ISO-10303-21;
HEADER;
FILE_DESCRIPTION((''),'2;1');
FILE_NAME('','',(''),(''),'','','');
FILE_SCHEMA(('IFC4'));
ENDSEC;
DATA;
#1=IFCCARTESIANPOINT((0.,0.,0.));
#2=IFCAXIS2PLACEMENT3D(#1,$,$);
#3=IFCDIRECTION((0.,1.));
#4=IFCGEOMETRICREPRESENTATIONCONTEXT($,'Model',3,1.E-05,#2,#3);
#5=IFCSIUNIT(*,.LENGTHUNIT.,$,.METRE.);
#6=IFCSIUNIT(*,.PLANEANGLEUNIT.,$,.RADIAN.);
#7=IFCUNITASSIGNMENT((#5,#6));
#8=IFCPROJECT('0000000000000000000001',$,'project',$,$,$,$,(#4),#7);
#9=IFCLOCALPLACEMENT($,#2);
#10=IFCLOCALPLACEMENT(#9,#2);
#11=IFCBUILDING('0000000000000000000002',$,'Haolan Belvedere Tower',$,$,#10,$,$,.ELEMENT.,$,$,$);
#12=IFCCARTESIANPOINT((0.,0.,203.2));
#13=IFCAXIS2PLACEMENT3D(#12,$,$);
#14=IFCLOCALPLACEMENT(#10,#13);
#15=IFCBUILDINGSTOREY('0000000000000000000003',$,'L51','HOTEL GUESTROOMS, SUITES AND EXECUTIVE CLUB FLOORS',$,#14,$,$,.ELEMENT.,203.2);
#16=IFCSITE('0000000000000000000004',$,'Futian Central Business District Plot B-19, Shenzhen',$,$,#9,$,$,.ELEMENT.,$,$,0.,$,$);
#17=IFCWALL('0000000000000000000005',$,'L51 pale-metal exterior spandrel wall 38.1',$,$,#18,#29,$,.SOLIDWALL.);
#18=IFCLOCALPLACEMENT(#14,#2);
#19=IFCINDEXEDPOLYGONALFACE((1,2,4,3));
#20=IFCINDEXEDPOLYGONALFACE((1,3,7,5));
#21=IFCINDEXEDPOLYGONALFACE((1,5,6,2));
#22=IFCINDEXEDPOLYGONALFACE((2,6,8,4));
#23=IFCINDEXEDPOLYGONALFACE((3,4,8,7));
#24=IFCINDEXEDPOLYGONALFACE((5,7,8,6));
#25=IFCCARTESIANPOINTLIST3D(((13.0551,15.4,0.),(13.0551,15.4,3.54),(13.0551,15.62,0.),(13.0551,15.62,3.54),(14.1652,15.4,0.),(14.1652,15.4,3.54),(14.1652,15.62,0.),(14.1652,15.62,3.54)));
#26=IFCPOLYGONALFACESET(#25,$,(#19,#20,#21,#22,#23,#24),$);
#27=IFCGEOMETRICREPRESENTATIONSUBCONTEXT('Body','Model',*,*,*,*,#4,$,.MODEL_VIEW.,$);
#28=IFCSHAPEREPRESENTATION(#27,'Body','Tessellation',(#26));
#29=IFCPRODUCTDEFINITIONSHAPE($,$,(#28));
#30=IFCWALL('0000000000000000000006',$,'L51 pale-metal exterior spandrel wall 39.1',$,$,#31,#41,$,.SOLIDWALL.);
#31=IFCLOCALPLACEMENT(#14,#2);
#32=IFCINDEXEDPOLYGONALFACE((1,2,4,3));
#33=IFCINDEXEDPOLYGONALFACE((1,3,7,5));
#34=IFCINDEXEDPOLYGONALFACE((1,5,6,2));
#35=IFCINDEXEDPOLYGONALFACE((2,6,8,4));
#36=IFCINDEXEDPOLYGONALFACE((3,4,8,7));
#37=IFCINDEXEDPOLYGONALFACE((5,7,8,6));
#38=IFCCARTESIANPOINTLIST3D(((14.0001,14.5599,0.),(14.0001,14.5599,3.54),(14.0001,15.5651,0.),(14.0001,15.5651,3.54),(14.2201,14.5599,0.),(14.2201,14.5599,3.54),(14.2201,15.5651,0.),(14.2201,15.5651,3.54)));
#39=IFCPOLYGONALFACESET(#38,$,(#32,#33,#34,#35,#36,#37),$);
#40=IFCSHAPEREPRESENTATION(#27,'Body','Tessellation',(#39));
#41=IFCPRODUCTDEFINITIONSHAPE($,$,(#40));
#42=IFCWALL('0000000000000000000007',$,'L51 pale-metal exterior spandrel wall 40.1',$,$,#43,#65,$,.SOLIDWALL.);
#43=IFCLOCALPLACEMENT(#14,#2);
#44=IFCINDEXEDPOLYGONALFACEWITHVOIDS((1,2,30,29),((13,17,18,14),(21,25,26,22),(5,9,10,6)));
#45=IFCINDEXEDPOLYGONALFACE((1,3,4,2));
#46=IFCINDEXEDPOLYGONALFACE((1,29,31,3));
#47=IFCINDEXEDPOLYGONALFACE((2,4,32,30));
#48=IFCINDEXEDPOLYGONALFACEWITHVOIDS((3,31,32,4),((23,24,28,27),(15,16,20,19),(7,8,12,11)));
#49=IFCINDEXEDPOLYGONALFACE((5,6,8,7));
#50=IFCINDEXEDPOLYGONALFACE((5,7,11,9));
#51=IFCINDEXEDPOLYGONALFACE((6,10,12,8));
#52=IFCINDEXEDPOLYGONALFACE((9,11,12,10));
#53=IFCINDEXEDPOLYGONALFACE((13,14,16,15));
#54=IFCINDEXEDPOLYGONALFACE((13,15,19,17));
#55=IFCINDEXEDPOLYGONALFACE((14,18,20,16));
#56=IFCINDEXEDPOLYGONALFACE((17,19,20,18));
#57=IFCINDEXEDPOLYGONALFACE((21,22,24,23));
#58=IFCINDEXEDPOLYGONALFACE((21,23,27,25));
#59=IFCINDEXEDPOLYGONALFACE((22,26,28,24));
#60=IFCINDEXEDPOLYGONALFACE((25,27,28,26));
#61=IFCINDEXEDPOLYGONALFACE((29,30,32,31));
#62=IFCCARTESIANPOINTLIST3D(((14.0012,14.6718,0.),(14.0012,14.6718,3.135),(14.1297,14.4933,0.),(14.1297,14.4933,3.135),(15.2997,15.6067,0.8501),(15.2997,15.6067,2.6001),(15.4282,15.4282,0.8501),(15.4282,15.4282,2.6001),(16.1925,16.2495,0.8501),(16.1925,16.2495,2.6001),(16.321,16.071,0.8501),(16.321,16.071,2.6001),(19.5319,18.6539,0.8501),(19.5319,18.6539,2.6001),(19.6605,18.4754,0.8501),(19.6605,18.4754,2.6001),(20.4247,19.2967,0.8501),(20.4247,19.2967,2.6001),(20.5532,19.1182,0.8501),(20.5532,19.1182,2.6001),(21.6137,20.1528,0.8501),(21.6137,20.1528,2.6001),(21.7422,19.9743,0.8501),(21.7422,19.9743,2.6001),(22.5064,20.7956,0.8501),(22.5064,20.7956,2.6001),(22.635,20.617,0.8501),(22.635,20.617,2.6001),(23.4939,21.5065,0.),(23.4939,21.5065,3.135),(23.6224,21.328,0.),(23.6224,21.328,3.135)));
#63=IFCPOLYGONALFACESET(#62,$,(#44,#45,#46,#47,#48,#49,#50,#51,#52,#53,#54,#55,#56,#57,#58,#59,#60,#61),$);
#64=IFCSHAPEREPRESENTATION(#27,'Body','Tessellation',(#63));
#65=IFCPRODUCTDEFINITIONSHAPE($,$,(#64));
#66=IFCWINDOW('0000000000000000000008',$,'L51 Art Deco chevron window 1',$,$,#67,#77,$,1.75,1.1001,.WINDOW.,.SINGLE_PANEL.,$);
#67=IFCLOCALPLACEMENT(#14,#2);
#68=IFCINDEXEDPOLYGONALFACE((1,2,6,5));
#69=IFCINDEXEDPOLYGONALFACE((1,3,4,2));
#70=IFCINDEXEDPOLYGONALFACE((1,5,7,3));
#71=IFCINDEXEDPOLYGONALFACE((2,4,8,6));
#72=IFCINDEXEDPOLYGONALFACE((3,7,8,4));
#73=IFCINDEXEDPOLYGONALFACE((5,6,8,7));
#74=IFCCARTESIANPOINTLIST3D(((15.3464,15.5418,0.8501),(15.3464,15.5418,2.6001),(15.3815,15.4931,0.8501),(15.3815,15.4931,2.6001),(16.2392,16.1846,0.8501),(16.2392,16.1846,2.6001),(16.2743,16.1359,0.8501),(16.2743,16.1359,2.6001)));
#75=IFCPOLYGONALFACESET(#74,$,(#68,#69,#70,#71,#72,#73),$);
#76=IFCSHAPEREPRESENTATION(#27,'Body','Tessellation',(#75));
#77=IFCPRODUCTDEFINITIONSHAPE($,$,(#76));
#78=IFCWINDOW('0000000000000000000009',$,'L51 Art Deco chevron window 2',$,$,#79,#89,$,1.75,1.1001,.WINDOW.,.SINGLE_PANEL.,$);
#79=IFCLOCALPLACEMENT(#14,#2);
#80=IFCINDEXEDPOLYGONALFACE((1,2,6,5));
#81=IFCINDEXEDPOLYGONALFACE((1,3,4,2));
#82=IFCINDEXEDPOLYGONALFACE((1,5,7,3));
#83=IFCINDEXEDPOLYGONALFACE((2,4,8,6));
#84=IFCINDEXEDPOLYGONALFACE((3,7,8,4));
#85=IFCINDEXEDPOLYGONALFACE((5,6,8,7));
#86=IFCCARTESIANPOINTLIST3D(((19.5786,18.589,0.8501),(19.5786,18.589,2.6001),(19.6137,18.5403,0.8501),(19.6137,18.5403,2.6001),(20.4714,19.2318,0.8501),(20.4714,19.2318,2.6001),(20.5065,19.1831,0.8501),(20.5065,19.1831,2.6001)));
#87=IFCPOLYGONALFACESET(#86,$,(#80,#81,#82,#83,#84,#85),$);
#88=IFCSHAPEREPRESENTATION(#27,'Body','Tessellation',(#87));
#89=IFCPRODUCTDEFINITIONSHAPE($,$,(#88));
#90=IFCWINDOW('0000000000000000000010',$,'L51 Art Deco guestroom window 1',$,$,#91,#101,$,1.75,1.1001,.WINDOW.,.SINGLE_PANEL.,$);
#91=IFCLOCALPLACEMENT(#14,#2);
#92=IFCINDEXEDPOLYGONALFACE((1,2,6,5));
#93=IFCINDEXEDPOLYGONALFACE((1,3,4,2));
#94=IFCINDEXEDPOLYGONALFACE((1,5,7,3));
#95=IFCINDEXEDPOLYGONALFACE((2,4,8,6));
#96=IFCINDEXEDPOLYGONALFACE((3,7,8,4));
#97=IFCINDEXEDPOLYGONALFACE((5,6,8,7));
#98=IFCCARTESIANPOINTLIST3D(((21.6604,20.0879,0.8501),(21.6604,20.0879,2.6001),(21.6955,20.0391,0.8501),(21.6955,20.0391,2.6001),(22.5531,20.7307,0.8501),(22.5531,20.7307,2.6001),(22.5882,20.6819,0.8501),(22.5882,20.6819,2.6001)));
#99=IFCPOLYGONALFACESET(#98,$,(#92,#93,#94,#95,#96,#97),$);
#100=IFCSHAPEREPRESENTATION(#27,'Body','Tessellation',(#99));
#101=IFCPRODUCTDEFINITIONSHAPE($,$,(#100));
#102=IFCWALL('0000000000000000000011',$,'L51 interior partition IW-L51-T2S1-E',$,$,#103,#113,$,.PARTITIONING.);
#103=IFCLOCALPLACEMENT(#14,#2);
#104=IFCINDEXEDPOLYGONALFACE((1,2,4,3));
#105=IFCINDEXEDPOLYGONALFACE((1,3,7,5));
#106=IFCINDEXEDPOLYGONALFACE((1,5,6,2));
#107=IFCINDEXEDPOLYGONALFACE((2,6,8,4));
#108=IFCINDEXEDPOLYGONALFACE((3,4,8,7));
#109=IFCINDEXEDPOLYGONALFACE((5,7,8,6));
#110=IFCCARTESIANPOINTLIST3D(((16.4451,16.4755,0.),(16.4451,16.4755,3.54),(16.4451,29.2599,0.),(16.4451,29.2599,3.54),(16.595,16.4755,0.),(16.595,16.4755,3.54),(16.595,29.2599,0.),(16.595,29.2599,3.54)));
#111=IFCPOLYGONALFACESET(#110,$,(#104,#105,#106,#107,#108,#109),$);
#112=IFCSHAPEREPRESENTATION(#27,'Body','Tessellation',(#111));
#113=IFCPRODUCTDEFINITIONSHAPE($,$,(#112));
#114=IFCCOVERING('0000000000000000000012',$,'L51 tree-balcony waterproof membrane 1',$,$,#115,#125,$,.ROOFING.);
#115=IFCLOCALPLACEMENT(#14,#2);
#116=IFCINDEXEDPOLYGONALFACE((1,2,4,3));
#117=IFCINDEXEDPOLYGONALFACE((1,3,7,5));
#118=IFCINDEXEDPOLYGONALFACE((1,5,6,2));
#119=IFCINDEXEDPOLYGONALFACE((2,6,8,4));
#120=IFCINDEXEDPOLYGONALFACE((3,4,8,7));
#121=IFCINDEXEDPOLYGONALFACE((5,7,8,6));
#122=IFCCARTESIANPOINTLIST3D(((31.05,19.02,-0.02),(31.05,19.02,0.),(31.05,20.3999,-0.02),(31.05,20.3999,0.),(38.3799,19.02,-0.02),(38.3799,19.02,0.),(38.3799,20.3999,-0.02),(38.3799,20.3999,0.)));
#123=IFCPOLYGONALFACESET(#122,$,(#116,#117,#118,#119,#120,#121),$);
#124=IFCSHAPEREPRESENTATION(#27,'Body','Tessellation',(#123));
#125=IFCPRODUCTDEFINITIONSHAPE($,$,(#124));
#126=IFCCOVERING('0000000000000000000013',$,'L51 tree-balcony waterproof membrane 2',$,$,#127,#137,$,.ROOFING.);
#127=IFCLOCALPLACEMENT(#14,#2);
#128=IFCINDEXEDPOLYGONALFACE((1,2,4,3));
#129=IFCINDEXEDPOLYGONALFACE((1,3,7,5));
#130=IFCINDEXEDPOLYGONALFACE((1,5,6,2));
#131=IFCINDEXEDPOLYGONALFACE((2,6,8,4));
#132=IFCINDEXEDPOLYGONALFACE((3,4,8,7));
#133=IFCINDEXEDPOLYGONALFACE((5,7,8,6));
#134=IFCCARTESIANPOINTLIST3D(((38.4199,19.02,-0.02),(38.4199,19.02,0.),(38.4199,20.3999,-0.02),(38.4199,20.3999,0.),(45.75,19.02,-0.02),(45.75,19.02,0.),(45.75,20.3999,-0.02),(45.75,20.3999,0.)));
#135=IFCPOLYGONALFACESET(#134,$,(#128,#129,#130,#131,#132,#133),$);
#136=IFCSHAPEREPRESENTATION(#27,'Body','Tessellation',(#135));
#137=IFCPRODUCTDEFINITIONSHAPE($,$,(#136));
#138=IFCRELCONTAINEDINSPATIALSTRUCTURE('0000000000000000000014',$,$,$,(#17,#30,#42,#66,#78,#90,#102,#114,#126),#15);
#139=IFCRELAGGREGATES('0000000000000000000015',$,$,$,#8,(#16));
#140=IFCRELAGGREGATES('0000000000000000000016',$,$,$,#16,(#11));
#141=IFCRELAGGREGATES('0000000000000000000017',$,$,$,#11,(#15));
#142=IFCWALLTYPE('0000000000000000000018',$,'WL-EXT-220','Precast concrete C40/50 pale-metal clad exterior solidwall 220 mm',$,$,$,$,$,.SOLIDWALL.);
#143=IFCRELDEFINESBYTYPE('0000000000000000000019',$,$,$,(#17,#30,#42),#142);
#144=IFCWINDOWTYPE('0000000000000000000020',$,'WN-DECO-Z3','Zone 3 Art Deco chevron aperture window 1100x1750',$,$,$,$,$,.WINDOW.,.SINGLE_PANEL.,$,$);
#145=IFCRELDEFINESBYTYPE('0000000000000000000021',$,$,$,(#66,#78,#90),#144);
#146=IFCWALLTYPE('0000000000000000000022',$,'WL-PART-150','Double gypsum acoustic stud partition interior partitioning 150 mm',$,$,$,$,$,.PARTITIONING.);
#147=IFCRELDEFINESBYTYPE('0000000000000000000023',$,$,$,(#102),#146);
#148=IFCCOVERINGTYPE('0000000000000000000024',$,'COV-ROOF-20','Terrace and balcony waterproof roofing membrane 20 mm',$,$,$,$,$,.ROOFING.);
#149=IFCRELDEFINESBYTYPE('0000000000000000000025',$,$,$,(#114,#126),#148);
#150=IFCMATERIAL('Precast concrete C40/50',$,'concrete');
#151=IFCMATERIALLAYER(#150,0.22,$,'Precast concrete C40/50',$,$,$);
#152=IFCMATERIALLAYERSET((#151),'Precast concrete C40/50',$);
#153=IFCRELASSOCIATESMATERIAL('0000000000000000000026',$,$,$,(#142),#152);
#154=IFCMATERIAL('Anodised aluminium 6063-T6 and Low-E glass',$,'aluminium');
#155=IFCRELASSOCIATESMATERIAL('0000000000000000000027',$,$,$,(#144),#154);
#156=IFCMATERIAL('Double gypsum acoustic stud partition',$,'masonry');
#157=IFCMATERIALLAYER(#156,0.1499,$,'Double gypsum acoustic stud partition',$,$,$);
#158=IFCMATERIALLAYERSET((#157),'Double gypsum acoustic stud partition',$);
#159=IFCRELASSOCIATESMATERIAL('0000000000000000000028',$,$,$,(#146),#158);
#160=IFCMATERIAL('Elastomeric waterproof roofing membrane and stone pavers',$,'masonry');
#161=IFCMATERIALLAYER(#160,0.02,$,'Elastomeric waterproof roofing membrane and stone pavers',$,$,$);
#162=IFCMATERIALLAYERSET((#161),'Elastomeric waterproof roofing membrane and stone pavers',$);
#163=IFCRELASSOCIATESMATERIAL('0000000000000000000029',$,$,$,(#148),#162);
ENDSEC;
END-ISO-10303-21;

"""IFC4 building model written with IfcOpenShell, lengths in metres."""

from ifc_helpers import new_model, si_unit, direction, frame, frame_2d, origin, place, context, subcontext, project, spatial, polyline, rectangle, outline, extrude, material, layer, layer_set, type_object, element, fill, save


model = new_model("IFC4")

# Units and contexts
model_context = context("Model", 3, precision=1e-05, world=origin(), true_north=direction((0.0, 1.0)))
body_context = subcontext(model_context, "Body", "Model", "MODEL_VIEW")
ifc_project = project(units=[si_unit("LENGTHUNIT", "METRE"), si_unit("PLANEANGLEUNIT", "RADIAN")], contexts=[model_context])

# Site, building, storey
site_placement = place(None, origin())
site = spatial("IfcSite", under=ifc_project, at=site_placement, Name="Futian Central Business District Plot B-19, Shenzhen", CompositionType="ELEMENT", RefElevation=0.0)
building_placement = place(site_placement, origin())
building = spatial("IfcBuilding", under=site, at=building_placement, Name="Haolan Belvedere Tower", CompositionType="ELEMENT")
storey_placement = place(building_placement, frame((0.0, 0.0, 203.2)))
storey = spatial("IfcBuildingStorey", under=building, at=storey_placement, Name="L51", Description="HOTEL GUESTROOMS, SUITES AND EXECUTIVE CLUB FLOORS", CompositionType="ELEMENT", Elevation=203.2)

# Walls
ifc_material_1 = material(Name="Precast concrete C40/50", Category="concrete")
ifc_layer_1 = layer(ifc_material_1, 0.22, Name="Precast concrete C40/50")
ifc_layer_set_1 = layer_set([ifc_layer_1], Name="Precast concrete C40/50")
wall_type_1 = type_object("IfcWallType", Name="WL-EXT-220", Description="Precast concrete C40/50 pale-metal clad exterior solidwall 220 mm", PredefinedType="SOLIDWALL", material=ifc_layer_set_1)
wall_1_placement = place(storey_placement, frame((13.0549, 15.51, 0.0), z_axis=(0.0, 0.0, 1.0), x_axis=(1.0, 0.0, 0.0)))
element("IfcWall", 1, at=wall_1_placement, inside=storey, type_object=wall_type_1, Name="L51 pale-metal exterior spandrel wall 38.1", PredefinedType="SOLIDWALL", context=body_context, shape_type="SweptSolid", body=[
    extrude(rectangle(XDim=1.1101, YDim=0.22, at=frame_2d((0.5552, 0.0))), origin(), (0.0, 0.0, 1.0), 3.54),
])
wall_2_placement = place(storey_placement, frame((14.1101, 15.5649, 0.0), z_axis=(0.0, 0.0, 1.0), x_axis=(0.0, -1.0, 0.0)))
element("IfcWall", 2, at=wall_2_placement, inside=storey, type_object=wall_type_1, Name="L51 pale-metal exterior spandrel wall 39.1", PredefinedType="SOLIDWALL", context=body_context, shape_type="SweptSolid", body=[
    extrude(rectangle(XDim=1.0051, YDim=0.22, at=frame_2d((0.5024, 0.0))), origin(), (0.0, 0.0, 1.0), 3.54),
])

# Wall, openings, windows
wall_3_placement = place(storey_placement, frame((14.0654, 14.5825, 0.0), z_axis=(0.0, 0.0, 1.0), x_axis=(0.811535, 0.584304, 0.0)))
wall_3 = element("IfcWall", 3, at=wall_3_placement, inside=storey, type_object=wall_type_1, Name="L51 pale-metal exterior spandrel wall 40.1", PredefinedType="SOLIDWALL", context=body_context, shape_type="SweptSolid", body=[
    extrude(rectangle(XDim=11.6973, YDim=0.22, at=frame_2d((5.8486, 0.0))), origin(), (0.0, 0.0, 1.0), 3.135),
])
opening_1_placement = place(wall_3_placement, frame((1.6001, 0.0, 0.8501)))
opening_1 = element("IfcOpeningElement", 4, at=opening_1_placement, cuts=wall_3, PredefinedType="OPENING", context=body_context, shape_type="SweptSolid", body=[
    extrude(rectangle(XDim=1.1001, YDim=1.75, at=frame_2d((0.55, 0.875))), frame((0.0, 0.1199, 0.0), z_axis=(0.0, -1.0, 0.0), x_axis=(1.0, 0.0, 0.0)), (0.0, 0.0, 1.0), 0.24),
])
opening_2_placement = place(wall_3_placement, frame((6.8152, 0.0, 0.8501)))
opening_2 = element("IfcOpeningElement", 5, at=opening_2_placement, cuts=wall_3, PredefinedType="OPENING", context=body_context, shape_type="SweptSolid", body=[
    extrude(rectangle(XDim=1.1001, YDim=1.75, at=frame_2d((0.55, 0.875))), frame((0.0, 0.1199, 0.0), z_axis=(0.0, -1.0, 0.0), x_axis=(1.0, 0.0, 0.0)), (0.0, 0.0, 1.0), 0.24),
])
opening_3_placement = place(wall_3_placement, frame((9.3804, 0.0, 0.8501)))
opening_3 = element("IfcOpeningElement", 6, at=opening_3_placement, cuts=wall_3, PredefinedType="OPENING", context=body_context, shape_type="SweptSolid", body=[
    extrude(rectangle(XDim=1.1001, YDim=1.75, at=frame_2d((0.55, 0.875))), frame((0.0, 0.1199, 0.0), z_axis=(0.0, -1.0, 0.0), x_axis=(1.0, 0.0, 0.0)), (0.0, 0.0, 1.0), 0.24),
])
ifc_material_2 = material(Name="Anodised aluminium 6063-T6 and Low-E glass", Category="aluminium")
window_type = type_object("IfcWindowType", Name="WN-DECO-Z3", Description="Zone 3 Art Deco chevron aperture window 1100x1750", PartitioningType="SINGLE_PANEL", PredefinedType="WINDOW", material=ifc_material_2)
window_1_placement = place(opening_1_placement, origin())
window_1 = element("IfcWindow", 7, at=window_1_placement, inside=storey, type_object=window_type, Name="L51 Art Deco chevron window 1", OverallHeight=1.75, OverallWidth=1.1001, PartitioningType="SINGLE_PANEL", PredefinedType="WINDOW", context=body_context, shape_type="SweptSolid", body=[
    extrude(rectangle(XDim=1.1001, YDim=1.75, at=frame_2d((0.55, 0.875))), frame((0.0, 0.03, 0.0), z_axis=(0.0, -1.0, 0.0), x_axis=(1.0, 0.0, 0.0)), (0.0, 0.0, 1.0), 0.0601),
])
fill(opening_1, window_1)
window_2_placement = place(opening_2_placement, origin())
window_2 = element("IfcWindow", 8, at=window_2_placement, inside=storey, type_object=window_type, Name="L51 Art Deco chevron window 2", OverallHeight=1.75, OverallWidth=1.1001, PartitioningType="SINGLE_PANEL", PredefinedType="WINDOW", context=body_context, shape_type="SweptSolid", body=[
    extrude(rectangle(XDim=1.1001, YDim=1.75, at=frame_2d((0.55, 0.875))), frame((0.0, 0.03, 0.0), z_axis=(0.0, -1.0, 0.0), x_axis=(1.0, 0.0, 0.0)), (0.0, 0.0, 1.0), 0.0601),
])
fill(opening_2, window_2)
window_3_placement = place(opening_3_placement, origin())
window_3 = element("IfcWindow", 9, at=window_3_placement, inside=storey, type_object=window_type, Name="L51 Art Deco guestroom window 1", OverallHeight=1.75, OverallWidth=1.1001, PartitioningType="SINGLE_PANEL", PredefinedType="WINDOW", context=body_context, shape_type="SweptSolid", body=[
    extrude(rectangle(XDim=1.1001, YDim=1.75, at=frame_2d((0.55, 0.875))), frame((0.0, 0.03, 0.0), z_axis=(0.0, -1.0, 0.0), x_axis=(1.0, 0.0, 0.0)), (0.0, 0.0, 1.0), 0.0601),
])
fill(opening_3, window_3)

# Wall
ifc_material_3 = material(Name="Double gypsum acoustic stud partition", Category="masonry")
ifc_layer_2 = layer(ifc_material_3, 0.1499, Name="Double gypsum acoustic stud partition")
ifc_layer_set_2 = layer_set([ifc_layer_2], Name="Double gypsum acoustic stud partition")
wall_type_2 = type_object("IfcWallType", Name="WL-PART-150", Description="Double gypsum acoustic stud partition interior partitioning 150 mm", PredefinedType="PARTITIONING", material=ifc_layer_set_2)
wall_4_placement = place(storey_placement, frame((16.52, 16.4756, 0.0), z_axis=(0.0, 0.0, 1.0), x_axis=(0.0, 1.0, 0.0)))
element("IfcWall", 10, at=wall_4_placement, inside=storey, type_object=wall_type_2, Name="L51 interior partition IW-L51-T2S1-E", PredefinedType="PARTITIONING", context=body_context, shape_type="SweptSolid", body=[
    extrude(rectangle(XDim=12.7844, YDim=0.1499, at=frame_2d((6.3921, 0.0))), origin(), (0.0, 0.0, 1.0), 3.54),
])

# Coverings
ifc_material_4 = material(Name="Elastomeric waterproof roofing membrane and stone pavers", Category="masonry")
ifc_layer_3 = layer(ifc_material_4, 0.02, Name="Elastomeric waterproof roofing membrane and stone pavers")
ifc_layer_set_3 = layer_set([ifc_layer_3], Name="Elastomeric waterproof roofing membrane and stone pavers")
covering_type = type_object("IfcCoveringType", Name="COV-ROOF-20", Description="Terrace and balcony waterproof roofing membrane 20 mm", PredefinedType="ROOFING", material=ifc_layer_set_3)
covering_1_placement = place(storey_placement, frame((0.0, 0.0, -0.02)))
element("IfcCovering", 11, at=covering_1_placement, inside=storey, type_object=covering_type, Name="L51 tree-balcony waterproof membrane 1", PredefinedType="ROOFING", context=body_context, shape_type="SweptSolid", body=[
    extrude(outline(polyline([(31.05, 19.02), (38.3799, 19.02), (38.3799, 20.3999), (31.05, 20.3999), (31.05, 19.02)])), origin(), (0.0, 0.0, 1.0), 0.02),
])
covering_2_placement = place(storey_placement, frame((0.0, 0.0, -0.02)))
element("IfcCovering", 12, at=covering_2_placement, inside=storey, type_object=covering_type, Name="L51 tree-balcony waterproof membrane 2", PredefinedType="ROOFING", context=body_context, shape_type="SweptSolid", body=[
    extrude(outline(polyline([(38.4199, 19.02), (45.75, 19.02), (45.75, 20.3999), (38.4199, 20.3999), (38.4199, 19.02)])), origin(), (0.0, 0.0, 1.0), 0.02),
])

save(model, "model.ifc")
